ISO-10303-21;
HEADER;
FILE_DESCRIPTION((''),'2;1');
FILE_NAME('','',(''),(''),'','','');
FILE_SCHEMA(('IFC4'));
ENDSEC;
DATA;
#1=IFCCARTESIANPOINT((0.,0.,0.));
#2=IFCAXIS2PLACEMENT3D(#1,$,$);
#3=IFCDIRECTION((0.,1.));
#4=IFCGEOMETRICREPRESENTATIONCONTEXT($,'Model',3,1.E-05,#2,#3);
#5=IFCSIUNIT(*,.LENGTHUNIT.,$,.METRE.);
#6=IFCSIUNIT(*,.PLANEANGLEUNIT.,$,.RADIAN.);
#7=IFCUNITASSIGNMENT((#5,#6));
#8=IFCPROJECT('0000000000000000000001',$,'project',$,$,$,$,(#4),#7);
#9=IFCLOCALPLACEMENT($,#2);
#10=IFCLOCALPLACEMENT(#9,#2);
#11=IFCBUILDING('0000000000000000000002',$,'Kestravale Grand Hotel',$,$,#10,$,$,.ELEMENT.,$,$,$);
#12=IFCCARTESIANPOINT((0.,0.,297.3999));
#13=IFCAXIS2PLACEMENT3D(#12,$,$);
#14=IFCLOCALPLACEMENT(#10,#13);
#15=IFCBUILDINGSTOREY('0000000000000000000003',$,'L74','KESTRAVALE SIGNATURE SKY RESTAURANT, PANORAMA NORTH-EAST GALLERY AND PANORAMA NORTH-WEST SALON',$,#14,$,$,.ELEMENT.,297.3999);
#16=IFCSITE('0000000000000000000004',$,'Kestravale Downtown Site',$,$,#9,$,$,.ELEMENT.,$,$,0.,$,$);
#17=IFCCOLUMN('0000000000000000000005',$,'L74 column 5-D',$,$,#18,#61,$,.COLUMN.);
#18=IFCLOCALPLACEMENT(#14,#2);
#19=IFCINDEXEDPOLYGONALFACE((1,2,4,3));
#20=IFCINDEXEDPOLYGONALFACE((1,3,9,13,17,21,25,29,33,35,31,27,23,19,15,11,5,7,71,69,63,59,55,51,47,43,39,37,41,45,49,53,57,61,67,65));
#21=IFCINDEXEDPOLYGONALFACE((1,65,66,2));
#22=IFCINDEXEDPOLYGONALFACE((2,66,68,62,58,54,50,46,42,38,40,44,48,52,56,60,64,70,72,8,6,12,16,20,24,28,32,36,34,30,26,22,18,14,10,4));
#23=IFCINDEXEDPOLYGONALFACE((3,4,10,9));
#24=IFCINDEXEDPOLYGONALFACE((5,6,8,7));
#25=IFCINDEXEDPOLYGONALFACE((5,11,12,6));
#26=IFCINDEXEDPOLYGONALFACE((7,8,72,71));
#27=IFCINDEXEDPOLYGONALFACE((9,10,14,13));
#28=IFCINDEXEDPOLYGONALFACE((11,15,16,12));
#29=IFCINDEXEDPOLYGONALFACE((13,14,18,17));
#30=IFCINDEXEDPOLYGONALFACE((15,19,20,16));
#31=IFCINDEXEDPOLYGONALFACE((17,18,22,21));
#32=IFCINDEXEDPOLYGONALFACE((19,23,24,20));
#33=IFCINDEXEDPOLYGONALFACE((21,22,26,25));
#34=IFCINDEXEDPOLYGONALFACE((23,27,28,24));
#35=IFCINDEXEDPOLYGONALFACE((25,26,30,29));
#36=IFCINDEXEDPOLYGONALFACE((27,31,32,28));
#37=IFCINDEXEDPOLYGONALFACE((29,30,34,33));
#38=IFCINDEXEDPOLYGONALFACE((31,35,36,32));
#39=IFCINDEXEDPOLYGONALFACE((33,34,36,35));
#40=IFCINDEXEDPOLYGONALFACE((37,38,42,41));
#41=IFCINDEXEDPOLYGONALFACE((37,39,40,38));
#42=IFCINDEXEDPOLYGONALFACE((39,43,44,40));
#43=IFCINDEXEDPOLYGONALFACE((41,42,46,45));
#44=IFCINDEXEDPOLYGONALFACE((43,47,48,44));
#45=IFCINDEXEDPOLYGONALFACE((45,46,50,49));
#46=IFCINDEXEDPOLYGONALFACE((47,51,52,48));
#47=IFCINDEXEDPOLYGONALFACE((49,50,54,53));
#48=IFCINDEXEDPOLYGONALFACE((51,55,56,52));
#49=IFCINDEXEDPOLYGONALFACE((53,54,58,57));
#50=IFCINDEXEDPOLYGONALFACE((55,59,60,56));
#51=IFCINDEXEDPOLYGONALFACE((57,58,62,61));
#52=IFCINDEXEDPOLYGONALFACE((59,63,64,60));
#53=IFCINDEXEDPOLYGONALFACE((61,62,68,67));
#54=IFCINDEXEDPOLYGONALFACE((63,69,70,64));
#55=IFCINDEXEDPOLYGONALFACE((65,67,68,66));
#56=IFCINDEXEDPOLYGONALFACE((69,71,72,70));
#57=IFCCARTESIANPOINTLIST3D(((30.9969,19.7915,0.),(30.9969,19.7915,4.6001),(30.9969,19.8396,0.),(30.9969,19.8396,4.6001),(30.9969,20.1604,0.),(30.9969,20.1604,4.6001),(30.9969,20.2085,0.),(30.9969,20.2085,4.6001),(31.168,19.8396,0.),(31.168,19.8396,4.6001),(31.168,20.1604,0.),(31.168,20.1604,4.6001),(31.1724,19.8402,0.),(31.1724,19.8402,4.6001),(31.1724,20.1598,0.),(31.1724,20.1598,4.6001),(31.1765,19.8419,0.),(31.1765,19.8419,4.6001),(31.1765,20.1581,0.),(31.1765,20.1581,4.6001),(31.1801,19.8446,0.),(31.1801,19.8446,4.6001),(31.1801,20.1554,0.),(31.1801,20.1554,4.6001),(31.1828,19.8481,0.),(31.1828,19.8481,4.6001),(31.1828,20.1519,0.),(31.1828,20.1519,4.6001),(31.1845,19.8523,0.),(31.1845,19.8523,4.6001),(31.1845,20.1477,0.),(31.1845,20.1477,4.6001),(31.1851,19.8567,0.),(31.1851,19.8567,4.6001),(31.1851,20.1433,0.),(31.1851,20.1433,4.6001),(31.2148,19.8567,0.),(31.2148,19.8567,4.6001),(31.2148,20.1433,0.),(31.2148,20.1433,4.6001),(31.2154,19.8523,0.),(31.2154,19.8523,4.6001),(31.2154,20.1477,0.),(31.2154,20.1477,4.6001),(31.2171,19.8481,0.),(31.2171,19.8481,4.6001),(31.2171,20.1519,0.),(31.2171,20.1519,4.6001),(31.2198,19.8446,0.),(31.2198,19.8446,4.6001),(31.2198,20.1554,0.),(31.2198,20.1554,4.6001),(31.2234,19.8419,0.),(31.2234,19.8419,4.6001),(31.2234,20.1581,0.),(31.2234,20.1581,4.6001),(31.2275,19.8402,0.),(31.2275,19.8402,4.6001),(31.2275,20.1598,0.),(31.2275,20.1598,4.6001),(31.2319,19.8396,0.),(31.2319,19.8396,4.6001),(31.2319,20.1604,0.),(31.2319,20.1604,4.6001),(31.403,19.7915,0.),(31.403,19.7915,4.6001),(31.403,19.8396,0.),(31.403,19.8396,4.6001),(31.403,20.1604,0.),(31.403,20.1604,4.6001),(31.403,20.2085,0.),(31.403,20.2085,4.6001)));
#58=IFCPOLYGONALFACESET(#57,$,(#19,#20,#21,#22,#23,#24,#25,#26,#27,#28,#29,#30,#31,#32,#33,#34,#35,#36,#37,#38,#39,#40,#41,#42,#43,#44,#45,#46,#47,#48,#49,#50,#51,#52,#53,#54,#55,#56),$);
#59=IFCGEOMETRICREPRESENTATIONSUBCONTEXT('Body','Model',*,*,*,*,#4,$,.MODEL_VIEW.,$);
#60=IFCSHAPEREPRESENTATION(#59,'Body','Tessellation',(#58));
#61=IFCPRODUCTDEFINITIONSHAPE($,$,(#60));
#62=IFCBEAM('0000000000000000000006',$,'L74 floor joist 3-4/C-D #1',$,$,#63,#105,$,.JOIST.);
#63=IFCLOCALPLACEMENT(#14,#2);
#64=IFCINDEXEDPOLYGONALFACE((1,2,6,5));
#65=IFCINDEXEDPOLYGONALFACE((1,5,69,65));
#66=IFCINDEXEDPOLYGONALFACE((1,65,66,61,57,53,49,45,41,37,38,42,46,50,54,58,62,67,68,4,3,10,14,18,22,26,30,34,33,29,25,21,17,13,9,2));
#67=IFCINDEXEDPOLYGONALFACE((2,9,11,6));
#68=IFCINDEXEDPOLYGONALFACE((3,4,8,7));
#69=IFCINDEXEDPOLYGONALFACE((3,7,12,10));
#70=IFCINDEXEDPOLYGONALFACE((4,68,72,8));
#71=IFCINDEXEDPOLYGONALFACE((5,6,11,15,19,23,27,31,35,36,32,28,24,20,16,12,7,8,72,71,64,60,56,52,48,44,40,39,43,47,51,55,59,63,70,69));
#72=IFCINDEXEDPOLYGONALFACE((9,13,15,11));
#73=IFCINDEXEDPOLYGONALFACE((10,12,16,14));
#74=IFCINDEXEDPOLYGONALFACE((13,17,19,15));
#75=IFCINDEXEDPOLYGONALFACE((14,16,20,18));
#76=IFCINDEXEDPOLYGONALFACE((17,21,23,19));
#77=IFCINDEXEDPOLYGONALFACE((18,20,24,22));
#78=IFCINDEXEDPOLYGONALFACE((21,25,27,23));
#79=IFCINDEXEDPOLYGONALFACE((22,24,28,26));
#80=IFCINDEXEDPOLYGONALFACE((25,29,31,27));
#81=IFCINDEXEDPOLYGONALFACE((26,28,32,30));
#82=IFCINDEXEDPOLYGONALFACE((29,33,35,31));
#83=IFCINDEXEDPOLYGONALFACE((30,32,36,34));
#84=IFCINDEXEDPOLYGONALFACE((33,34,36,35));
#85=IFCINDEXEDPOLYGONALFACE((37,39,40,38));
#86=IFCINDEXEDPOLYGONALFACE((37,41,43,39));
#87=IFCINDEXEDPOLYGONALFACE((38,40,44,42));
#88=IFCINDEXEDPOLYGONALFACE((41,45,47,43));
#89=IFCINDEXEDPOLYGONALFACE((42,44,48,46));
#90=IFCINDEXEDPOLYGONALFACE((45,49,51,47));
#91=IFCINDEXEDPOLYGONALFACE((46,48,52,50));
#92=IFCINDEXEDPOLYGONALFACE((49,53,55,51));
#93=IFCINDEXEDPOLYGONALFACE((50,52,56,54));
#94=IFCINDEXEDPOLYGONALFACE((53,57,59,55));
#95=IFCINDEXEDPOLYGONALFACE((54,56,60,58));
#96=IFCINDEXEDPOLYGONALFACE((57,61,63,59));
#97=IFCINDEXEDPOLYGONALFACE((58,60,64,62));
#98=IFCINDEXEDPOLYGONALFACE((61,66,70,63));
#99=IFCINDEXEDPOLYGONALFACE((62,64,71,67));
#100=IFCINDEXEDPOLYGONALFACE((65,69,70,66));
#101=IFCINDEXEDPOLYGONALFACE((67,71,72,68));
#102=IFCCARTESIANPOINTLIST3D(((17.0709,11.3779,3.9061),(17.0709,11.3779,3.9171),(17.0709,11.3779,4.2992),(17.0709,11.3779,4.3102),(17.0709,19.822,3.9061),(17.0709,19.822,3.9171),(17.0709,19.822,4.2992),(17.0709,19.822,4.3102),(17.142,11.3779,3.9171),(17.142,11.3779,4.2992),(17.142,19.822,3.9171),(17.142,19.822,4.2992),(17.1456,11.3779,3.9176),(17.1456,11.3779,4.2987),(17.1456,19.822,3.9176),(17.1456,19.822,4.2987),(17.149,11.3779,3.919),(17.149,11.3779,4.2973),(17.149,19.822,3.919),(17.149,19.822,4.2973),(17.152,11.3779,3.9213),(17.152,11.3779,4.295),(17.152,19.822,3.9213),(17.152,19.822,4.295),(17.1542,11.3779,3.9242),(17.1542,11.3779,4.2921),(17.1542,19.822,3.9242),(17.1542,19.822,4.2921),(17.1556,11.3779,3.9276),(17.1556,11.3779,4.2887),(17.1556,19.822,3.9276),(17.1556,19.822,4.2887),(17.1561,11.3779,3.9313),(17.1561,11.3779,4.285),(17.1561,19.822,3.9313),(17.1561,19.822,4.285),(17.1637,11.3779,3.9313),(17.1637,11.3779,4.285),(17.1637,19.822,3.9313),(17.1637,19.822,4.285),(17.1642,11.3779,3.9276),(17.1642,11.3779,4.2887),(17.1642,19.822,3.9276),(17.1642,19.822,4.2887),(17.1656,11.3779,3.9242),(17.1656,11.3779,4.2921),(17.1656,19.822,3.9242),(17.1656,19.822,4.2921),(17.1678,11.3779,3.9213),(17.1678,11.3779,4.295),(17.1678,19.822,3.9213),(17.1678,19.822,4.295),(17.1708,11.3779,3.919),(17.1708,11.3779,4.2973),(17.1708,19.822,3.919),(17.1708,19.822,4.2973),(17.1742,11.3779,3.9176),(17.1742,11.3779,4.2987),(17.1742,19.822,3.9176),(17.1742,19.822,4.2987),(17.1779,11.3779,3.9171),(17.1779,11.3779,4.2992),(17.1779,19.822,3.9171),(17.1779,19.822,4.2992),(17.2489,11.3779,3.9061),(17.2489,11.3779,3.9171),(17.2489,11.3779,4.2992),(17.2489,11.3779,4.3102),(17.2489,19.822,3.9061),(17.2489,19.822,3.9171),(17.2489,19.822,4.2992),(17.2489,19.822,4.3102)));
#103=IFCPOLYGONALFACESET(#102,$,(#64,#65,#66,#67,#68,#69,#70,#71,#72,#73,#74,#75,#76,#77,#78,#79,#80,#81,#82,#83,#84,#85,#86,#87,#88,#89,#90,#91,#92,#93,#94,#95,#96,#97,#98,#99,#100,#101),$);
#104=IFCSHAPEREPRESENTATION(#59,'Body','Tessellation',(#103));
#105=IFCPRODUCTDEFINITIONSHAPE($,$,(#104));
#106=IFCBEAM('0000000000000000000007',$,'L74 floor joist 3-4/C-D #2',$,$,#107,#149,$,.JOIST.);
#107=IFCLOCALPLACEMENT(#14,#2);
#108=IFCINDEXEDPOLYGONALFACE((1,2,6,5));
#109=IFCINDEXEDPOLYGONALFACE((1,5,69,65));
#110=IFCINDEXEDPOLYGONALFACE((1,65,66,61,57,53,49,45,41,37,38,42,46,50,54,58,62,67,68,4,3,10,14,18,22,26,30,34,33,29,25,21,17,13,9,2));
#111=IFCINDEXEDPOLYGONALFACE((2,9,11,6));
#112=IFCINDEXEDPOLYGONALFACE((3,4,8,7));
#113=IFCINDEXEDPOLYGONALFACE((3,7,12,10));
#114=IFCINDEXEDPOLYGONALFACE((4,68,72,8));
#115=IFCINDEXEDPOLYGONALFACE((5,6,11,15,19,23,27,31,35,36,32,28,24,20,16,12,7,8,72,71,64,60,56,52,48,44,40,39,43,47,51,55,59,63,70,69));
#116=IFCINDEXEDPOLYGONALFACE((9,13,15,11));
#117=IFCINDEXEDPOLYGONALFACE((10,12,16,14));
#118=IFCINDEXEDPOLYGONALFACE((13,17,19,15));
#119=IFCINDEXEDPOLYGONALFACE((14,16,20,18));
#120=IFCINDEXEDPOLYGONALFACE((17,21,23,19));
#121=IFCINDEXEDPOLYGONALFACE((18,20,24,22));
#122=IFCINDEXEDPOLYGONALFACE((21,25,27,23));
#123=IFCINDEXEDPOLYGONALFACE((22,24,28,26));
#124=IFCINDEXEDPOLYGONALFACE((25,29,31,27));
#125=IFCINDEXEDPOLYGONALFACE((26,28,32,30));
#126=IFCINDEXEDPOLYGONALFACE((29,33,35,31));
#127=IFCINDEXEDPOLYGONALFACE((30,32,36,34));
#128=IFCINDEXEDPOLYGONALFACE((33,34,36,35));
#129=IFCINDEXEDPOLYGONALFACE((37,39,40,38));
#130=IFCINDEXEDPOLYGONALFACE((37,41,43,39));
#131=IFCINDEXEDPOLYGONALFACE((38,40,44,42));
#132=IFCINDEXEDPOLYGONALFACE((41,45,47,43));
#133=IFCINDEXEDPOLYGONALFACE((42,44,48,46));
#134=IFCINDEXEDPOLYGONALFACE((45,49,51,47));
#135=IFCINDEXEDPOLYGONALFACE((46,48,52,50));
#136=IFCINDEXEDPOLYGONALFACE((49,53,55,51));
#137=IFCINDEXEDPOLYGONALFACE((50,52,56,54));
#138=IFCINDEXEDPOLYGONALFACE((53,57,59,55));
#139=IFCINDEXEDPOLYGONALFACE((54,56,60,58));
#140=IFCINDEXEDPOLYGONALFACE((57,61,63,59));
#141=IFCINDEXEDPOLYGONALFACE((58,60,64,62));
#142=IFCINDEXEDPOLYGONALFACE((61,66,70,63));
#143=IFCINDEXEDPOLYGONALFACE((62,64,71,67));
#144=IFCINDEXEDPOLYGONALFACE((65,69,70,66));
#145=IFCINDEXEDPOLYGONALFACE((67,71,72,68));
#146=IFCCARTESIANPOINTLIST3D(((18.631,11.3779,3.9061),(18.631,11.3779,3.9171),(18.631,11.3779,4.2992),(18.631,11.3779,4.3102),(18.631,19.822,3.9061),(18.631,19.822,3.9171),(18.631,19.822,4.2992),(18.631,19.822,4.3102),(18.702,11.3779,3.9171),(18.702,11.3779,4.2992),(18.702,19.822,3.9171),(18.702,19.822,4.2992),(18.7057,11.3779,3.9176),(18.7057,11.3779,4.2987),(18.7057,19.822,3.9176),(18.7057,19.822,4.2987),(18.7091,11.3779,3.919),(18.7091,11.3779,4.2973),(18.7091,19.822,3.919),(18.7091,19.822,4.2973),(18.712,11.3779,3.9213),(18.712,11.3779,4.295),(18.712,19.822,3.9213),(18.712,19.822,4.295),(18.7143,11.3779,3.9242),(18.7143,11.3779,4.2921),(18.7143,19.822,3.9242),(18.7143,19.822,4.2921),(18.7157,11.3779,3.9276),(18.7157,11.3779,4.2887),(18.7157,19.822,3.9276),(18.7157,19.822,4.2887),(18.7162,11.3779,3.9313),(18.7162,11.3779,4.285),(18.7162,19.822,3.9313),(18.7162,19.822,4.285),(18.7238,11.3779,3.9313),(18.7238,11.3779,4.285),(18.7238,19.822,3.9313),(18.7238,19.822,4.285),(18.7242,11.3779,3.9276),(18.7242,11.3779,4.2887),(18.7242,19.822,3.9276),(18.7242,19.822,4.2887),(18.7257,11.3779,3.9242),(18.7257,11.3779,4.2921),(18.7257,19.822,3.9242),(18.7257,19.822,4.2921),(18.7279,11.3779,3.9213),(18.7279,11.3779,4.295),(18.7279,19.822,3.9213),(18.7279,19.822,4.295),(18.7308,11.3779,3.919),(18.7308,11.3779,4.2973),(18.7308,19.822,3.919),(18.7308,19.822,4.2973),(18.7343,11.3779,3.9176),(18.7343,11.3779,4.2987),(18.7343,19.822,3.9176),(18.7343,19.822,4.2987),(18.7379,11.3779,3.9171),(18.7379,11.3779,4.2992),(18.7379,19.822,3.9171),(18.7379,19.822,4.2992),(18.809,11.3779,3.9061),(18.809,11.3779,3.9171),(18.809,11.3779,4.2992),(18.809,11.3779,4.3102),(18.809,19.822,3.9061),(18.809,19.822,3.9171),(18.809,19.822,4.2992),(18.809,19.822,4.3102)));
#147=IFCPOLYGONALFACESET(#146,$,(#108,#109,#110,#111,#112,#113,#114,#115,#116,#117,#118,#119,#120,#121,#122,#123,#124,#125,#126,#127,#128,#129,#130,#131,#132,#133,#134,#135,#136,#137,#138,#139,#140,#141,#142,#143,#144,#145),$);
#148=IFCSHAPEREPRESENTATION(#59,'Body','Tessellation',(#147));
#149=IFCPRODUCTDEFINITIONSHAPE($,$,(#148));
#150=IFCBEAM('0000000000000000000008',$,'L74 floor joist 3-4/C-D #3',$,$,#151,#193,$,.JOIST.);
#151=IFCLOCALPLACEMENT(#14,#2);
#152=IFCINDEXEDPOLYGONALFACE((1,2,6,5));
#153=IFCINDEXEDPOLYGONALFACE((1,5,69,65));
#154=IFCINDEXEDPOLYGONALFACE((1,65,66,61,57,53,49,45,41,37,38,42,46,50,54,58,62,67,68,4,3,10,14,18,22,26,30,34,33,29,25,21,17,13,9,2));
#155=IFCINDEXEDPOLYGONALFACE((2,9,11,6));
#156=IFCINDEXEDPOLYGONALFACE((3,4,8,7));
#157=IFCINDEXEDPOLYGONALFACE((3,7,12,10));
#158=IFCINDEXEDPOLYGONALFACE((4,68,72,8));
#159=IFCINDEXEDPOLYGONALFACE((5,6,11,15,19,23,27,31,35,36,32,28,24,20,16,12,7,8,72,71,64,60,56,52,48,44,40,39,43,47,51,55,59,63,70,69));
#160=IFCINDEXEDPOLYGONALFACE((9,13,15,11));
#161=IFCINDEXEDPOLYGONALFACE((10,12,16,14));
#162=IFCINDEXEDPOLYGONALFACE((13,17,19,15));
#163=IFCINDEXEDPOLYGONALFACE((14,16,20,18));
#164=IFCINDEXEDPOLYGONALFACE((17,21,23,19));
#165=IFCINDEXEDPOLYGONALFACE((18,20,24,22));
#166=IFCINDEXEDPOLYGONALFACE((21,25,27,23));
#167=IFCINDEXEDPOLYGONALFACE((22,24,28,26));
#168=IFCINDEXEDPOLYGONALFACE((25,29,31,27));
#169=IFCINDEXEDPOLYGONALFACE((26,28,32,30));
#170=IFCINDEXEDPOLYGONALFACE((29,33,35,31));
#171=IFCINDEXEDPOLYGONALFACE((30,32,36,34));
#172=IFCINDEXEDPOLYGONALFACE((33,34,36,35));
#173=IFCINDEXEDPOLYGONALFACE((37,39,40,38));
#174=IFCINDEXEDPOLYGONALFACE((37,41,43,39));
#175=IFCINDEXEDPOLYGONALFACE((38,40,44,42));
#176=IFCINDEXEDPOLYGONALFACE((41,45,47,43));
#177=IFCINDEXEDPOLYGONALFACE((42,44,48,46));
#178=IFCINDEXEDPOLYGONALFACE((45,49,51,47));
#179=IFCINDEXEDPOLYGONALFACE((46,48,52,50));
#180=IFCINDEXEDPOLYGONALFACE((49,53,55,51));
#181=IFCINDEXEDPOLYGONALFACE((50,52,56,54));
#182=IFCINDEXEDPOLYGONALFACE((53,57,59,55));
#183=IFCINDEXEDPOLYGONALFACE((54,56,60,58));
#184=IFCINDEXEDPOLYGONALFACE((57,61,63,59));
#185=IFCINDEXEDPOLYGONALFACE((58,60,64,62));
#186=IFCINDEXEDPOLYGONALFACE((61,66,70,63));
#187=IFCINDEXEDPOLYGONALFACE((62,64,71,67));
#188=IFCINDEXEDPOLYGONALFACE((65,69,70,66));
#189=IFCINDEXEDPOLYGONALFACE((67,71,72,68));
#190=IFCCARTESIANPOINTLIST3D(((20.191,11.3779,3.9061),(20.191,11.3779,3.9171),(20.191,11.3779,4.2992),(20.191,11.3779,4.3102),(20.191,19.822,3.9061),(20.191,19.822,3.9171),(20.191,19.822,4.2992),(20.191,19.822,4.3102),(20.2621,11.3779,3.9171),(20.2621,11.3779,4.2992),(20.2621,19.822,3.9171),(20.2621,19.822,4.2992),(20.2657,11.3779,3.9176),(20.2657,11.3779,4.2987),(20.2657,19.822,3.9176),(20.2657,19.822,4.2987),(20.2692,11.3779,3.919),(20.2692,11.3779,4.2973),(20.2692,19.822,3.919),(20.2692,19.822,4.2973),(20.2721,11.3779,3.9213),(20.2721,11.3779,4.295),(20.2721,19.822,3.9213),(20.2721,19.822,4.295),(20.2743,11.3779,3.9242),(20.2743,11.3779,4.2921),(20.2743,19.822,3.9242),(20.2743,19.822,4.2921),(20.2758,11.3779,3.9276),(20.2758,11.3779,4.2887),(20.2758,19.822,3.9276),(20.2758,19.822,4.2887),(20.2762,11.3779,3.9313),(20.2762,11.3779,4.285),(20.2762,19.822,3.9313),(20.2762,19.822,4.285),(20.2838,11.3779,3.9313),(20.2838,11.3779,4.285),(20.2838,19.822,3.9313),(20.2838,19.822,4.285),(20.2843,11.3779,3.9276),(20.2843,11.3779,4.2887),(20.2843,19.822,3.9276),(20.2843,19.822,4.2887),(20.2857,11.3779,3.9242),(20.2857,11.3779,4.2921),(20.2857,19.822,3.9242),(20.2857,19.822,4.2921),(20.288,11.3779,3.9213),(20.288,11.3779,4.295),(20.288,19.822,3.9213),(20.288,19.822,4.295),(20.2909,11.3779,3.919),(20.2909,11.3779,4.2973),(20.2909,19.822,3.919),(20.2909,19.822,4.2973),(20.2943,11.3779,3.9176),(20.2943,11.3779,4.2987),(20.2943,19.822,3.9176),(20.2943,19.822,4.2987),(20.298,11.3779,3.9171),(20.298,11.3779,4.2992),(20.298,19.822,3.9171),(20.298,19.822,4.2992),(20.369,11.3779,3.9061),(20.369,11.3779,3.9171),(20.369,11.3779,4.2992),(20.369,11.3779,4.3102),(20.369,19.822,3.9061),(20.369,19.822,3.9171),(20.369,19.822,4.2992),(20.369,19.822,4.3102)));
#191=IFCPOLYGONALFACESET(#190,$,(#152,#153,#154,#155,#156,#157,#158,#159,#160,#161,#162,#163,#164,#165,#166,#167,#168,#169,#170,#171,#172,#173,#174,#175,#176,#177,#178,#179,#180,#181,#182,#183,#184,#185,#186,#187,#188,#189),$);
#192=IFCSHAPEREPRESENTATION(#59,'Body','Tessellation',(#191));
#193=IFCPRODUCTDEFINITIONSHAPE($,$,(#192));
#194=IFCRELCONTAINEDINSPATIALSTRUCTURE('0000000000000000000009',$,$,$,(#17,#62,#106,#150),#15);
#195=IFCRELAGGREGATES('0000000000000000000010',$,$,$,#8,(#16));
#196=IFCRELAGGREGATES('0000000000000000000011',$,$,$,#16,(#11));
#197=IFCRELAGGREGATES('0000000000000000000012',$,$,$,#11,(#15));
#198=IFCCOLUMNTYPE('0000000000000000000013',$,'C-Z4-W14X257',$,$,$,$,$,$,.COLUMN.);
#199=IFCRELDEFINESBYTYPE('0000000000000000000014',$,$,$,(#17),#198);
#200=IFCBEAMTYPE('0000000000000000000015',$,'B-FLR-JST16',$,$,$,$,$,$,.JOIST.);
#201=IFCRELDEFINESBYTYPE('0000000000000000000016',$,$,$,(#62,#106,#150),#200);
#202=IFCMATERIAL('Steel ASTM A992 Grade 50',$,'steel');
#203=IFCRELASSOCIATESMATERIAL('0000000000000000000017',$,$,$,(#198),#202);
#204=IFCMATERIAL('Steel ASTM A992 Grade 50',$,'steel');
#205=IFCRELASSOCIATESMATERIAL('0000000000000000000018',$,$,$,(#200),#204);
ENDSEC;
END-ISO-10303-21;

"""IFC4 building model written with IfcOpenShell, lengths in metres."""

from ifc_helpers import new_model, si_unit, direction, frame, origin, origin_2d, place, context, subcontext, project, spatial, i_section, extrude, material, material_profile, profile_set, type_object, element, save


model = new_model("IFC4")

# Units and contexts
model_context = context("Model", 3, precision=1e-05, world=origin(), true_north=direction((0.0, 1.0)))
body_context = subcontext(model_context, "Body", "Model", "MODEL_VIEW")
ifc_project = project(units=[si_unit("LENGTHUNIT", "METRE"), si_unit("PLANEANGLEUNIT", "RADIAN")], contexts=[model_context])

# Site, building, storey
site_placement = place(None, origin())
site = spatial("IfcSite", under=ifc_project, at=site_placement, Name="Kestravale Downtown Site", CompositionType="ELEMENT", RefElevation=0.0)
building_placement = place(site_placement, origin())
building = spatial("IfcBuilding", under=site, at=building_placement, Name="Kestravale Grand Hotel", CompositionType="ELEMENT")
storey_placement = place(building_placement, frame((0.0, 0.0, 297.3999)))
storey = spatial("IfcBuildingStorey", under=building, at=storey_placement, Name="L74", Description="KESTRAVALE SIGNATURE SKY RESTAURANT, PANORAMA NORTH-EAST GALLERY AND PANORAMA NORTH-WEST SALON", CompositionType="ELEMENT", Elevation=297.3999)

# Column
ifc_material_1 = material(Name="Steel ASTM A992 Grade 50", Category="steel")
ifc_material_profile_1 = material_profile(ifc_material_1, i_section(OverallWidth=0.406, OverallDepth=0.417, WebThickness=0.0298, FlangeThickness=0.0481, FilletRadius=0.0171, at=origin_2d()))
ifc_profile_set_1 = profile_set([ifc_material_profile_1], Name="Steel ASTM A992 Grade 50")
column_type = type_object("IfcColumnType", Name="C-Z4-W14X257", PredefinedType="COLUMN", material=ifc_profile_set_1)
for number, where, z_axis, x_axis, name in (
    (1, (31.2, 20.0, 0.0), (0.0, 0.0, 1.0), (1.0, 0.0, 0.0), "L74 column 5-D"),
):
    element("IfcColumn", number, at=place(storey_placement, frame(where, z_axis=z_axis, x_axis=x_axis)), inside=storey, type_object=column_type, Name=name, PredefinedType="COLUMN", context=body_context, shape_type="SweptSolid", body=[
        extrude(i_section(OverallWidth=0.406, OverallDepth=0.417, WebThickness=0.0298, FlangeThickness=0.0481, FilletRadius=0.0171, at=origin_2d()), origin(), (0.0, 0.0, 1.0), 4.6001),
    ])

# Beams
ifc_material_2 = material(Name="Steel ASTM A992 Grade 50", Category="steel")
ifc_material_profile_2 = material_profile(ifc_material_2, i_section(OverallWidth=0.178, OverallDepth=0.4041, WebThickness=0.0076, FlangeThickness=0.011, FilletRadius=0.0142, at=origin_2d()))
ifc_profile_set_2 = profile_set([ifc_material_profile_2], Name="Steel ASTM A992 Grade 50")
beam_type_1 = type_object("IfcBeamType", Name="B-FLR-JST16", PredefinedType="JOIST", material=ifc_profile_set_2)
for number, where, z_axis, x_axis, name in (
    (2, (17.1599, 11.3779, 4.1082), (0.0, 1.0, 0.0), (-1.0, 0.0, 0.0), "L74 floor joist 3-4/C-D #1"),
    (3, (18.72, 11.3779, 4.1082), (0.0, 1.0, 0.0), (-1.0, 0.0, 0.0), "L74 floor joist 3-4/C-D #2"),
    (4, (20.28, 11.3779, 4.1082), (0.0, 1.0, 0.0), (-1.0, 0.0, 0.0), "L74 floor joist 3-4/C-D #3"),
):
    element("IfcBeam", number, at=place(storey_placement, frame(where, z_axis=z_axis, x_axis=x_axis)), inside=storey, type_object=beam_type_1, Name=name, PredefinedType="JOIST", context=body_context, shape_type="SweptSolid", body=[
        extrude(i_section(OverallWidth=0.178, OverallDepth=0.4041, WebThickness=0.0076, FlangeThickness=0.011, FilletRadius=0.0142, at=origin_2d()), origin(), (0.0, 0.0, 1.0), 8.4441),
    ])

save(model, "model.ifc")
